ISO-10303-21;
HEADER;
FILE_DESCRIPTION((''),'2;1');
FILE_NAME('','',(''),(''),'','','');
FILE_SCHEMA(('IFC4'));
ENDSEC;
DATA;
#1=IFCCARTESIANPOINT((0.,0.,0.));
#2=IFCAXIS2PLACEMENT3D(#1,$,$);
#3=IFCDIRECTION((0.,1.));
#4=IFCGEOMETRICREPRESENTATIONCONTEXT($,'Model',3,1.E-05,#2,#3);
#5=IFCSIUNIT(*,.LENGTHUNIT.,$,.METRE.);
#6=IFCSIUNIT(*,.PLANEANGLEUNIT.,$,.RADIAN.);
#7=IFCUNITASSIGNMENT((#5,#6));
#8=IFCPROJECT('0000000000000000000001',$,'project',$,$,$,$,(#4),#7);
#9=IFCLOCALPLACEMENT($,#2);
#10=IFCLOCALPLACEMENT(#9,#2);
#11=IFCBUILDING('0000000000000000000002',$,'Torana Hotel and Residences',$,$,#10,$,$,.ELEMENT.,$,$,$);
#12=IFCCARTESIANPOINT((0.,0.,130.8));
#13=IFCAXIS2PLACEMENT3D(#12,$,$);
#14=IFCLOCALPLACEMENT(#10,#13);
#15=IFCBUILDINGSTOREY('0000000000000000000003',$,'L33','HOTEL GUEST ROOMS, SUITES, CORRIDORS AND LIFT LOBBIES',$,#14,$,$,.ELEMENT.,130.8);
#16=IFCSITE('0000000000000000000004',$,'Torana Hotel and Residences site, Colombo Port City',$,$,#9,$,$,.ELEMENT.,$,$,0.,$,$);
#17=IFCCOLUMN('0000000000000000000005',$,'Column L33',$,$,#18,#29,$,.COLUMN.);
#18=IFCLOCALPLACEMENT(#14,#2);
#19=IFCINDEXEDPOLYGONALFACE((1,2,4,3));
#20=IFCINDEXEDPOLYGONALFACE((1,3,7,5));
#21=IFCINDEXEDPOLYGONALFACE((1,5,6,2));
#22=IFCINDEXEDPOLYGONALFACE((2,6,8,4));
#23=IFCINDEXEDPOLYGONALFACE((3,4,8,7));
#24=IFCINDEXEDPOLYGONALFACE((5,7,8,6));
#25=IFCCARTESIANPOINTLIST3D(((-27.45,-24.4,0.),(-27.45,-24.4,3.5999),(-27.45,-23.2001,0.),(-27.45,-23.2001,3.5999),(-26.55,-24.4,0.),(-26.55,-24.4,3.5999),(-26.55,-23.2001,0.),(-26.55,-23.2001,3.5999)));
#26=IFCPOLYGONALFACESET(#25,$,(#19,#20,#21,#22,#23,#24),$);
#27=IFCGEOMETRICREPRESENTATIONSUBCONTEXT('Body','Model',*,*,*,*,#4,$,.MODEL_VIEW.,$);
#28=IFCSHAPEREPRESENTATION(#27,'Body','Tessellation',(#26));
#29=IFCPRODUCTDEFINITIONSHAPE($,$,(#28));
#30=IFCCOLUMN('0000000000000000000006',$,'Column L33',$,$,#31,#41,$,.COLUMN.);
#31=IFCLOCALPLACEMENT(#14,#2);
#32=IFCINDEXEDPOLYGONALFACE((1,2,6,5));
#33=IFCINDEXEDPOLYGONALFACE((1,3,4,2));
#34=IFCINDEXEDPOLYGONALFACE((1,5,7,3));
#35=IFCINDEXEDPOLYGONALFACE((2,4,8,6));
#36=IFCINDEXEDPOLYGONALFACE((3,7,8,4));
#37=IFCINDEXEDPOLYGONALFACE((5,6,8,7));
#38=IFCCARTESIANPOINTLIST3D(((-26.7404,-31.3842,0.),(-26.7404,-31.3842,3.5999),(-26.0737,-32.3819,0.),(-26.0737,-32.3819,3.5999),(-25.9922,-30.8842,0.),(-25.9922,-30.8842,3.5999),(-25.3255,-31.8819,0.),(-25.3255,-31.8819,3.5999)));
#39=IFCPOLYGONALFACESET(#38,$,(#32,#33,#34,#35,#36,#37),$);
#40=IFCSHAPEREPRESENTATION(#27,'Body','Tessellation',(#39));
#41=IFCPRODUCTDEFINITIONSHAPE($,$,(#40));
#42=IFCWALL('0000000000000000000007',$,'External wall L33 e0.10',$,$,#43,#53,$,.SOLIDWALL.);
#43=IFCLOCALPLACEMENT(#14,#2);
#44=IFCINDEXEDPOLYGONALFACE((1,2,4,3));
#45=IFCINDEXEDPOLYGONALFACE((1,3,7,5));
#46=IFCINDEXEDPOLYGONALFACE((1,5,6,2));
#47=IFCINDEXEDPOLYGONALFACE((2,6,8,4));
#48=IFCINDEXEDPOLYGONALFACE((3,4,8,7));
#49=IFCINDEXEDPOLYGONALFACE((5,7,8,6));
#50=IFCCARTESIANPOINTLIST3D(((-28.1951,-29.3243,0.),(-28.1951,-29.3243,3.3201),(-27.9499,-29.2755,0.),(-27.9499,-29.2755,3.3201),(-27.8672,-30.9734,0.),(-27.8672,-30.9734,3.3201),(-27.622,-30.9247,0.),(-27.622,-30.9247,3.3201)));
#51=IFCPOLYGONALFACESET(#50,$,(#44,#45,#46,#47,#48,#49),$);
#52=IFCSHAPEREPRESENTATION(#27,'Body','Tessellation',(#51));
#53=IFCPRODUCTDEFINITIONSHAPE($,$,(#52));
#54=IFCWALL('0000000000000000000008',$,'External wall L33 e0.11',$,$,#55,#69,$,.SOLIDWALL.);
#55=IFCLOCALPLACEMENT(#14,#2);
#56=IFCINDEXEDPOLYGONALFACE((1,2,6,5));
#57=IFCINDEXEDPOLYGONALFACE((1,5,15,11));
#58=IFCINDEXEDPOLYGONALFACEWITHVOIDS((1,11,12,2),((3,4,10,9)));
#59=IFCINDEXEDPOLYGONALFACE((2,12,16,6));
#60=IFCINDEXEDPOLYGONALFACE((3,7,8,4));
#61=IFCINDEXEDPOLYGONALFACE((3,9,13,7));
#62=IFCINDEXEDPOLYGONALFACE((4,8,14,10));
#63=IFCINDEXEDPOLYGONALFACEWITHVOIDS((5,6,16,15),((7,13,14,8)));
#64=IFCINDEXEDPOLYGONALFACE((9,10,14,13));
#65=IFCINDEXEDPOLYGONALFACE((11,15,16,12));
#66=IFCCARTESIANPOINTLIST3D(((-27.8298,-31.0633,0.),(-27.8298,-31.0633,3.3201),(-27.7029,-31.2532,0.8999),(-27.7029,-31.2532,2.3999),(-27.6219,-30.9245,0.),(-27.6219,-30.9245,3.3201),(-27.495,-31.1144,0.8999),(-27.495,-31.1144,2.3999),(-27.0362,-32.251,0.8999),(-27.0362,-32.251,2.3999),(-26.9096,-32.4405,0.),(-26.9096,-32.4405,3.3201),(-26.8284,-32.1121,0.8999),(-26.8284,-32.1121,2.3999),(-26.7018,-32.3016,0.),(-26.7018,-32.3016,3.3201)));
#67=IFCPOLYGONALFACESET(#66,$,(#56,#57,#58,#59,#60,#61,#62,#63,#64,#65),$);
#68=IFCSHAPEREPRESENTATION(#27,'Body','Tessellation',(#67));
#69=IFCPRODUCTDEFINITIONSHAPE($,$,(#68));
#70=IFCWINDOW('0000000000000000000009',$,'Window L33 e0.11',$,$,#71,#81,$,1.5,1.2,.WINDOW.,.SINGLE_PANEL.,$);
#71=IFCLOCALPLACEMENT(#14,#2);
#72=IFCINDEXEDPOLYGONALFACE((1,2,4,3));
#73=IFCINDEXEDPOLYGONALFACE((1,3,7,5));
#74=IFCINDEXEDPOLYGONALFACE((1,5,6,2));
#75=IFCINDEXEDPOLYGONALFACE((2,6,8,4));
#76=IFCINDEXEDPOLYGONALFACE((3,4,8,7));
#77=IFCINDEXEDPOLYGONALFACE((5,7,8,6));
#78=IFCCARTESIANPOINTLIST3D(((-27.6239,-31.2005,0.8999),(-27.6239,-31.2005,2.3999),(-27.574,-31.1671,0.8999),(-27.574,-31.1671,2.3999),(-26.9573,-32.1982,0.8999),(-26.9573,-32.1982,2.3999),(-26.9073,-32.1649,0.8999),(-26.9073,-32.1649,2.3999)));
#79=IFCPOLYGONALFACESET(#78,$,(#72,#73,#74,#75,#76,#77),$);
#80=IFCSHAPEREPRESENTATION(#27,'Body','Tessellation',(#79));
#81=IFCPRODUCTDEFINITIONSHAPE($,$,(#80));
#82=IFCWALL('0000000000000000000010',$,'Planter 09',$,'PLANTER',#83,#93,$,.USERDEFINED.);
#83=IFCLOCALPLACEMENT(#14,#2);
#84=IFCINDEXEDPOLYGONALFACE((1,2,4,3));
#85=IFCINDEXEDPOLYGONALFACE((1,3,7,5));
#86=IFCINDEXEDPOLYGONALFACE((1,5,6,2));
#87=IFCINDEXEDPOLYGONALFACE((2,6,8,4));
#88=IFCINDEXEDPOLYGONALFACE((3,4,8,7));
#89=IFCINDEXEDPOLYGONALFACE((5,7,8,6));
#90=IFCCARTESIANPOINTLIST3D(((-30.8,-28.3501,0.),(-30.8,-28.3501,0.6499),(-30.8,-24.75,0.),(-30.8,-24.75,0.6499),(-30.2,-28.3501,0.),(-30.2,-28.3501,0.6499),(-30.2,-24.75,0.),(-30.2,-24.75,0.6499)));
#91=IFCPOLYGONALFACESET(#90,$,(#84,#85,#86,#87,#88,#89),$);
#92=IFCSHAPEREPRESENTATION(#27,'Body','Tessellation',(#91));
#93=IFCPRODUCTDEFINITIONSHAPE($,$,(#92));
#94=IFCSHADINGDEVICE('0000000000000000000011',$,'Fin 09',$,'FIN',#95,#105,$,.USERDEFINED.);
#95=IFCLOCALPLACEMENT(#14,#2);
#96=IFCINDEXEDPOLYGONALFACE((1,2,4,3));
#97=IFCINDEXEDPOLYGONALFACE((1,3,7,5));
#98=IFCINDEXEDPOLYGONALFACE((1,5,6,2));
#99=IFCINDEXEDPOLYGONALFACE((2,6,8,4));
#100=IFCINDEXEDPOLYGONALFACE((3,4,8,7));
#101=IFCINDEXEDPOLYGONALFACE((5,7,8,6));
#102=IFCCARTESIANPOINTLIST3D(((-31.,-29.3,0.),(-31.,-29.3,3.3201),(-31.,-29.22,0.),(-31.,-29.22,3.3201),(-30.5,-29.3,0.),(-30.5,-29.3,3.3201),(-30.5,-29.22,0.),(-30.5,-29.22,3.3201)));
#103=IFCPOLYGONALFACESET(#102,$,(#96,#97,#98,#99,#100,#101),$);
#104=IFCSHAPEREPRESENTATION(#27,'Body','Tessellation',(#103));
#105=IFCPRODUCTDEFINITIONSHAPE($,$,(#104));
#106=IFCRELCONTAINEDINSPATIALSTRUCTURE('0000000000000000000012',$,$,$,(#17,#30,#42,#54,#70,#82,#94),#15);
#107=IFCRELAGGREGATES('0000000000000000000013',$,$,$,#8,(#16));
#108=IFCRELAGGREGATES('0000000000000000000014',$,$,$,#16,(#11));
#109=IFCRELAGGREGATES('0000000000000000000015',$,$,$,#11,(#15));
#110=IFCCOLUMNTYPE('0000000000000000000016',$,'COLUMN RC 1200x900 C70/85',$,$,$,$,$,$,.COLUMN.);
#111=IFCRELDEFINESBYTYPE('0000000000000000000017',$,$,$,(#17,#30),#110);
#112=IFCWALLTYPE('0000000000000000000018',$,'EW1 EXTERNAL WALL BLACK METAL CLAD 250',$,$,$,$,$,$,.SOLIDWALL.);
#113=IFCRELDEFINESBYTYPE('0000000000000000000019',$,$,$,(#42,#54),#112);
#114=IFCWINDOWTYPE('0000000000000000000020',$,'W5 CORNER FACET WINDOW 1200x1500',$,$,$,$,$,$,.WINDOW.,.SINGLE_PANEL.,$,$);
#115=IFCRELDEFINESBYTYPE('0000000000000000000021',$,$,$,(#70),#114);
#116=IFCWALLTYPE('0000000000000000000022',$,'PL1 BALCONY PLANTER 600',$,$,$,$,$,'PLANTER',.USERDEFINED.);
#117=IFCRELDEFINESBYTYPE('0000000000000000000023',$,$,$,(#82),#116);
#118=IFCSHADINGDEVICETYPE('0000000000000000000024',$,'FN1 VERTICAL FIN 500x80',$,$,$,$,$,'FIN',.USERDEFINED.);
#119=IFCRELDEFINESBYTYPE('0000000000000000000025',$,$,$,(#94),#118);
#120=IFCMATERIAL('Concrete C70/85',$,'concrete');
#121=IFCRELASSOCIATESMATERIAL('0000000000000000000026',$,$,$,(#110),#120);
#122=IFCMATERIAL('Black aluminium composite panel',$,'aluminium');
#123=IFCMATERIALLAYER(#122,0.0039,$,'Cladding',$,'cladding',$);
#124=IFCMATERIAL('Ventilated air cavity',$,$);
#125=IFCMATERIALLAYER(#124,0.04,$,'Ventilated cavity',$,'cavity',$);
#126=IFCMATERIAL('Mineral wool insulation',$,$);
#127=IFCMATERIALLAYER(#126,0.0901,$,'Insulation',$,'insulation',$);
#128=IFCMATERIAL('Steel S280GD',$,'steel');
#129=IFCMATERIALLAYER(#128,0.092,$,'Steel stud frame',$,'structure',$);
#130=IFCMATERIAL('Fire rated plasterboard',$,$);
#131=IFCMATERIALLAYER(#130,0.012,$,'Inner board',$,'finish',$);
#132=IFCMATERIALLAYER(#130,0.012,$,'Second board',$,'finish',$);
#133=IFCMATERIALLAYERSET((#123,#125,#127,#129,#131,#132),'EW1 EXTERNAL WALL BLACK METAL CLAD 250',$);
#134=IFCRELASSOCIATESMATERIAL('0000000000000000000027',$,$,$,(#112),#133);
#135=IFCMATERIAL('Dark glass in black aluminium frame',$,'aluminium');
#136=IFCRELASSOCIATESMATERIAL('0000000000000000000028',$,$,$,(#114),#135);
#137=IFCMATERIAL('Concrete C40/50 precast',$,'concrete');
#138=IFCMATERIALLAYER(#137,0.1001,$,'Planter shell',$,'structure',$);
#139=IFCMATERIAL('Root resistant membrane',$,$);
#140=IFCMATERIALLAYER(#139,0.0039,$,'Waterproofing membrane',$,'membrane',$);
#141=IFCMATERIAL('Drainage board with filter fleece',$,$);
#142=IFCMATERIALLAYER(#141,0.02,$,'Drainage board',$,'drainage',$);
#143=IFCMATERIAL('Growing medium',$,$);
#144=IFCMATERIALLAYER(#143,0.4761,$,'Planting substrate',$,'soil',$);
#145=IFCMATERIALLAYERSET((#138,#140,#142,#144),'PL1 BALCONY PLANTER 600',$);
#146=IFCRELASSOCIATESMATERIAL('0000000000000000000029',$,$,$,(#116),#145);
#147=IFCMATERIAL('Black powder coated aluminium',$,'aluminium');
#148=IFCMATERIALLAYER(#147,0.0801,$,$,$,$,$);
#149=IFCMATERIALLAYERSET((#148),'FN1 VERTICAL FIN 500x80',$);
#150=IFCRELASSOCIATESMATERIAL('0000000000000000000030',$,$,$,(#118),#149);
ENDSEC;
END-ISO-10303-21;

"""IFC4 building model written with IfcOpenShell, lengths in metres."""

from ifc_helpers import new_model, si_unit, direction, frame, frame_2d, origin, origin_2d, place, context, subcontext, project, spatial, rectangle, extrude, material, layer, layer_set, material_profile, profile_set, type_object, element, fill, save


model = new_model("IFC4")

# Units and contexts
model_context = context("Model", 3, precision=1e-05, world=origin(), true_north=direction((0.0, 1.0)))
body_context = subcontext(model_context, "Body", "Model", "MODEL_VIEW")
ifc_project = project(units=[si_unit("LENGTHUNIT", "METRE"), si_unit("PLANEANGLEUNIT", "RADIAN")], contexts=[model_context])

# Site, building, storey
site_placement = place(None, origin())
site = spatial("IfcSite", under=ifc_project, at=site_placement, Name="Torana Hotel and Residences site, Colombo Port City", CompositionType="ELEMENT", RefElevation=0.0)
building_placement = place(site_placement, origin())
building = spatial("IfcBuilding", under=site, at=building_placement, Name="Torana Hotel and Residences", CompositionType="ELEMENT")
storey_placement = place(building_placement, frame((0.0, 0.0, 130.8)))
storey = spatial("IfcBuildingStorey", under=building, at=storey_placement, Name="L33", Description="HOTEL GUEST ROOMS, SUITES, CORRIDORS AND LIFT LOBBIES", CompositionType="ELEMENT", Elevation=130.8)

# Columns
ifc_material_1 = material(Name="Concrete C70/85", Category="concrete")
ifc_material_profile = material_profile(ifc_material_1, rectangle(XDim=1.2, YDim=0.8999, at=origin_2d()), Name="RC 1200x900")
ifc_profile_set = profile_set([ifc_material_profile], Name="Concrete C70/85")
column_type = type_object("IfcColumnType", Name="COLUMN RC 1200x900 C70/85", PredefinedType="COLUMN", material=ifc_profile_set)
for number, where, z_axis, x_axis, name in (
    (1, (-27.0, -23.8, 0.0), (0.0, 0.0, 1.0), (0.0, 1.0, 0.0), "Column L33"),
    (2, (-26.033, -31.6331, 0.0), (0.0, 0.0, 1.0), (-0.555585, 0.83146, 0.0), "Column L33"),
):
    element("IfcColumn", number, at=place(storey_placement, frame(where, z_axis=z_axis, x_axis=x_axis)), inside=storey, type_object=column_type, Name=name, PredefinedType="COLUMN", context=body_context, shape_type="SweptSolid", body=[
        extrude(rectangle(XDim=1.2, YDim=0.8999, at=origin_2d()), origin(), (0.0, 0.0, 1.0), 3.5999),
    ])

# Wall
ifc_material_2 = material(Name="Black aluminium composite panel", Category="aluminium")
ifc_layer_1 = layer(ifc_material_2, 0.0039, Name="Cladding", Category="cladding")
ifc_material_3 = material(Name="Ventilated air cavity")
ifc_layer_2 = layer(ifc_material_3, 0.04, Name="Ventilated cavity", Category="cavity")
ifc_material_4 = material(Name="Mineral wool insulation")
ifc_layer_3 = layer(ifc_material_4, 0.0901, Name="Insulation", Category="insulation")
ifc_material_5 = material(Name="Steel S280GD", Category="steel")
ifc_layer_4 = layer(ifc_material_5, 0.092, Name="Steel stud frame", Category="structure")
ifc_material_6 = material(Name="Fire rated plasterboard")
ifc_layer_5 = layer(ifc_material_6, 0.012, Name="Inner board", Category="finish")
ifc_layer_6 = layer(ifc_material_6, 0.012, Name="Second board", Category="finish")
ifc_layer_set_1 = layer_set([ifc_layer_1, ifc_layer_2, ifc_layer_3, ifc_layer_4, ifc_layer_5, ifc_layer_6], Name="EW1 EXTERNAL WALL BLACK METAL CLAD 250")
wall_type_1 = type_object("IfcWallType", Name="EW1 EXTERNAL WALL BLACK METAL CLAD 250", PredefinedType="SOLIDWALL", material=ifc_layer_set_1)
wall_1_placement = place(storey_placement, frame((-28.0725, -29.2998, 0.0), z_axis=(0.0, 0.0, 1.0), x_axis=(0.194999, -0.980803, 0.0)))
element("IfcWall", 3, at=wall_1_placement, inside=storey, type_object=wall_type_1, Name="External wall L33 e0.10", PredefinedType="SOLIDWALL", context=body_context, shape_type="SweptSolid", body=[
    extrude(rectangle(XDim=1.6814, YDim=0.25, at=frame_2d((0.8408, 0.0))), origin(), (0.0, 0.0, 1.0), 3.3201),
])

# Wall, opening, window
wall_2_placement = place(storey_placement, frame((-27.7258, -30.9939, 0.0), z_axis=(0.0, 0.0, 1.0), x_axis=(0.55555, -0.831483, 0.0)))
wall_2 = element("IfcWall", 4, at=wall_2_placement, inside=storey, type_object=wall_type_1, Name="External wall L33 e0.11", PredefinedType="SOLIDWALL", context=body_context, shape_type="SweptSolid", body=[
    extrude(rectangle(XDim=1.6562, YDim=0.25, at=frame_2d((0.8281, 0.0))), origin(), (0.0, 0.0, 1.0), 3.3201),
])
opening_placement = place(wall_2_placement, frame((0.2283, 0.0, 0.8999)))
opening = element("IfcOpeningElement", 5, at=opening_placement, cuts=wall_2, PredefinedType="OPENING", context=body_context, shape_type="SweptSolid", body=[
    extrude(rectangle(XDim=1.2, YDim=1.5, at=frame_2d((0.6001, 0.75))), frame((0.0, 0.135, 0.0), z_axis=(0.0, -1.0, 0.0), x_axis=(1.0, 0.0, 0.0)), (0.0, 0.0, 1.0), 0.27),
])
ifc_material_7 = material(Name="Dark glass in black aluminium frame", Category="aluminium")
window_type = type_object("IfcWindowType", Name="W5 CORNER FACET WINDOW 1200x1500", PartitioningType="SINGLE_PANEL", PredefinedType="WINDOW", material=ifc_material_7)
window_placement = place(opening_placement, origin())
window = element("IfcWindow", 6, at=window_placement, inside=storey, type_object=window_type, Name="Window L33 e0.11", OverallHeight=1.5, OverallWidth=1.2, PartitioningType="SINGLE_PANEL", PredefinedType="WINDOW", context=body_context, shape_type="SweptSolid", body=[
    extrude(rectangle(XDim=1.2, YDim=1.5, at=frame_2d((0.6001, 0.75))), frame((0.0, 0.03, 0.0), z_axis=(0.0, -1.0, 0.0), x_axis=(1.0, 0.0, 0.0)), (0.0, 0.0, 1.0), 0.0601),
])
fill(opening, window)

# Wall
ifc_material_8 = material(Name="Concrete C40/50 precast", Category="concrete")
ifc_layer_7 = layer(ifc_material_8, 0.1001, Name="Planter shell", Category="structure")
ifc_material_9 = material(Name="Root resistant membrane")
ifc_layer_8 = layer(ifc_material_9, 0.0039, Name="Waterproofing membrane", Category="membrane")
ifc_material_10 = material(Name="Drainage board with filter fleece")
ifc_layer_9 = layer(ifc_material_10, 0.02, Name="Drainage board", Category="drainage")
ifc_material_11 = material(Name="Growing medium")
ifc_layer_10 = layer(ifc_material_11, 0.4761, Name="Planting substrate", Category="soil")
ifc_layer_set_2 = layer_set([ifc_layer_7, ifc_layer_8, ifc_layer_9, ifc_layer_10], Name="PL1 BALCONY PLANTER 600")
wall_type_2 = type_object("IfcWallType", Name="PL1 BALCONY PLANTER 600", ElementType="PLANTER", PredefinedType="USERDEFINED", material=ifc_layer_set_2)
wall_3_placement = place(storey_placement, frame((-30.5, -28.3501, 0.0), z_axis=(0.0, 0.0, 1.0), x_axis=(0.0, 1.0, 0.0)))
element("IfcWall", 7, at=wall_3_placement, inside=storey, type_object=wall_type_2, Name="Planter 09", ObjectType="PLANTER", PredefinedType="USERDEFINED", context=body_context, shape_type="SweptSolid", body=[
    extrude(rectangle(XDim=3.6001, YDim=0.6001, at=frame_2d((1.8, 0.0))), origin(), (0.0, 0.0, 1.0), 0.6499),
])

# Shading device
ifc_material_12 = material(Name="Black powder coated aluminium", Category="aluminium")
ifc_layer_11 = layer(ifc_material_12, 0.0801)
ifc_layer_set_3 = layer_set([ifc_layer_11], Name="FN1 VERTICAL FIN 500x80")
shading_device_type = type_object("IfcShadingDeviceType", Name="FN1 VERTICAL FIN 500x80", ElementType="FIN", PredefinedType="USERDEFINED", material=ifc_layer_set_3)
shading_device_placement = place(storey_placement, frame((-30.75, -29.26, 0.0), z_axis=(0.0, 0.0, 1.0), x_axis=(0.0, 1.0, 0.0)))
element("IfcShadingDevice", 8, at=shading_device_placement, inside=storey, type_object=shading_device_type, Name="Fin 09", ObjectType="FIN", PredefinedType="USERDEFINED", context=body_context, shape_type="SweptSolid", body=[
    extrude(rectangle(XDim=0.0801, YDim=0.5, at=origin_2d()), origin(), (0.0, 0.0, 1.0), 3.3201),
])

save(model, "model.ifc")
